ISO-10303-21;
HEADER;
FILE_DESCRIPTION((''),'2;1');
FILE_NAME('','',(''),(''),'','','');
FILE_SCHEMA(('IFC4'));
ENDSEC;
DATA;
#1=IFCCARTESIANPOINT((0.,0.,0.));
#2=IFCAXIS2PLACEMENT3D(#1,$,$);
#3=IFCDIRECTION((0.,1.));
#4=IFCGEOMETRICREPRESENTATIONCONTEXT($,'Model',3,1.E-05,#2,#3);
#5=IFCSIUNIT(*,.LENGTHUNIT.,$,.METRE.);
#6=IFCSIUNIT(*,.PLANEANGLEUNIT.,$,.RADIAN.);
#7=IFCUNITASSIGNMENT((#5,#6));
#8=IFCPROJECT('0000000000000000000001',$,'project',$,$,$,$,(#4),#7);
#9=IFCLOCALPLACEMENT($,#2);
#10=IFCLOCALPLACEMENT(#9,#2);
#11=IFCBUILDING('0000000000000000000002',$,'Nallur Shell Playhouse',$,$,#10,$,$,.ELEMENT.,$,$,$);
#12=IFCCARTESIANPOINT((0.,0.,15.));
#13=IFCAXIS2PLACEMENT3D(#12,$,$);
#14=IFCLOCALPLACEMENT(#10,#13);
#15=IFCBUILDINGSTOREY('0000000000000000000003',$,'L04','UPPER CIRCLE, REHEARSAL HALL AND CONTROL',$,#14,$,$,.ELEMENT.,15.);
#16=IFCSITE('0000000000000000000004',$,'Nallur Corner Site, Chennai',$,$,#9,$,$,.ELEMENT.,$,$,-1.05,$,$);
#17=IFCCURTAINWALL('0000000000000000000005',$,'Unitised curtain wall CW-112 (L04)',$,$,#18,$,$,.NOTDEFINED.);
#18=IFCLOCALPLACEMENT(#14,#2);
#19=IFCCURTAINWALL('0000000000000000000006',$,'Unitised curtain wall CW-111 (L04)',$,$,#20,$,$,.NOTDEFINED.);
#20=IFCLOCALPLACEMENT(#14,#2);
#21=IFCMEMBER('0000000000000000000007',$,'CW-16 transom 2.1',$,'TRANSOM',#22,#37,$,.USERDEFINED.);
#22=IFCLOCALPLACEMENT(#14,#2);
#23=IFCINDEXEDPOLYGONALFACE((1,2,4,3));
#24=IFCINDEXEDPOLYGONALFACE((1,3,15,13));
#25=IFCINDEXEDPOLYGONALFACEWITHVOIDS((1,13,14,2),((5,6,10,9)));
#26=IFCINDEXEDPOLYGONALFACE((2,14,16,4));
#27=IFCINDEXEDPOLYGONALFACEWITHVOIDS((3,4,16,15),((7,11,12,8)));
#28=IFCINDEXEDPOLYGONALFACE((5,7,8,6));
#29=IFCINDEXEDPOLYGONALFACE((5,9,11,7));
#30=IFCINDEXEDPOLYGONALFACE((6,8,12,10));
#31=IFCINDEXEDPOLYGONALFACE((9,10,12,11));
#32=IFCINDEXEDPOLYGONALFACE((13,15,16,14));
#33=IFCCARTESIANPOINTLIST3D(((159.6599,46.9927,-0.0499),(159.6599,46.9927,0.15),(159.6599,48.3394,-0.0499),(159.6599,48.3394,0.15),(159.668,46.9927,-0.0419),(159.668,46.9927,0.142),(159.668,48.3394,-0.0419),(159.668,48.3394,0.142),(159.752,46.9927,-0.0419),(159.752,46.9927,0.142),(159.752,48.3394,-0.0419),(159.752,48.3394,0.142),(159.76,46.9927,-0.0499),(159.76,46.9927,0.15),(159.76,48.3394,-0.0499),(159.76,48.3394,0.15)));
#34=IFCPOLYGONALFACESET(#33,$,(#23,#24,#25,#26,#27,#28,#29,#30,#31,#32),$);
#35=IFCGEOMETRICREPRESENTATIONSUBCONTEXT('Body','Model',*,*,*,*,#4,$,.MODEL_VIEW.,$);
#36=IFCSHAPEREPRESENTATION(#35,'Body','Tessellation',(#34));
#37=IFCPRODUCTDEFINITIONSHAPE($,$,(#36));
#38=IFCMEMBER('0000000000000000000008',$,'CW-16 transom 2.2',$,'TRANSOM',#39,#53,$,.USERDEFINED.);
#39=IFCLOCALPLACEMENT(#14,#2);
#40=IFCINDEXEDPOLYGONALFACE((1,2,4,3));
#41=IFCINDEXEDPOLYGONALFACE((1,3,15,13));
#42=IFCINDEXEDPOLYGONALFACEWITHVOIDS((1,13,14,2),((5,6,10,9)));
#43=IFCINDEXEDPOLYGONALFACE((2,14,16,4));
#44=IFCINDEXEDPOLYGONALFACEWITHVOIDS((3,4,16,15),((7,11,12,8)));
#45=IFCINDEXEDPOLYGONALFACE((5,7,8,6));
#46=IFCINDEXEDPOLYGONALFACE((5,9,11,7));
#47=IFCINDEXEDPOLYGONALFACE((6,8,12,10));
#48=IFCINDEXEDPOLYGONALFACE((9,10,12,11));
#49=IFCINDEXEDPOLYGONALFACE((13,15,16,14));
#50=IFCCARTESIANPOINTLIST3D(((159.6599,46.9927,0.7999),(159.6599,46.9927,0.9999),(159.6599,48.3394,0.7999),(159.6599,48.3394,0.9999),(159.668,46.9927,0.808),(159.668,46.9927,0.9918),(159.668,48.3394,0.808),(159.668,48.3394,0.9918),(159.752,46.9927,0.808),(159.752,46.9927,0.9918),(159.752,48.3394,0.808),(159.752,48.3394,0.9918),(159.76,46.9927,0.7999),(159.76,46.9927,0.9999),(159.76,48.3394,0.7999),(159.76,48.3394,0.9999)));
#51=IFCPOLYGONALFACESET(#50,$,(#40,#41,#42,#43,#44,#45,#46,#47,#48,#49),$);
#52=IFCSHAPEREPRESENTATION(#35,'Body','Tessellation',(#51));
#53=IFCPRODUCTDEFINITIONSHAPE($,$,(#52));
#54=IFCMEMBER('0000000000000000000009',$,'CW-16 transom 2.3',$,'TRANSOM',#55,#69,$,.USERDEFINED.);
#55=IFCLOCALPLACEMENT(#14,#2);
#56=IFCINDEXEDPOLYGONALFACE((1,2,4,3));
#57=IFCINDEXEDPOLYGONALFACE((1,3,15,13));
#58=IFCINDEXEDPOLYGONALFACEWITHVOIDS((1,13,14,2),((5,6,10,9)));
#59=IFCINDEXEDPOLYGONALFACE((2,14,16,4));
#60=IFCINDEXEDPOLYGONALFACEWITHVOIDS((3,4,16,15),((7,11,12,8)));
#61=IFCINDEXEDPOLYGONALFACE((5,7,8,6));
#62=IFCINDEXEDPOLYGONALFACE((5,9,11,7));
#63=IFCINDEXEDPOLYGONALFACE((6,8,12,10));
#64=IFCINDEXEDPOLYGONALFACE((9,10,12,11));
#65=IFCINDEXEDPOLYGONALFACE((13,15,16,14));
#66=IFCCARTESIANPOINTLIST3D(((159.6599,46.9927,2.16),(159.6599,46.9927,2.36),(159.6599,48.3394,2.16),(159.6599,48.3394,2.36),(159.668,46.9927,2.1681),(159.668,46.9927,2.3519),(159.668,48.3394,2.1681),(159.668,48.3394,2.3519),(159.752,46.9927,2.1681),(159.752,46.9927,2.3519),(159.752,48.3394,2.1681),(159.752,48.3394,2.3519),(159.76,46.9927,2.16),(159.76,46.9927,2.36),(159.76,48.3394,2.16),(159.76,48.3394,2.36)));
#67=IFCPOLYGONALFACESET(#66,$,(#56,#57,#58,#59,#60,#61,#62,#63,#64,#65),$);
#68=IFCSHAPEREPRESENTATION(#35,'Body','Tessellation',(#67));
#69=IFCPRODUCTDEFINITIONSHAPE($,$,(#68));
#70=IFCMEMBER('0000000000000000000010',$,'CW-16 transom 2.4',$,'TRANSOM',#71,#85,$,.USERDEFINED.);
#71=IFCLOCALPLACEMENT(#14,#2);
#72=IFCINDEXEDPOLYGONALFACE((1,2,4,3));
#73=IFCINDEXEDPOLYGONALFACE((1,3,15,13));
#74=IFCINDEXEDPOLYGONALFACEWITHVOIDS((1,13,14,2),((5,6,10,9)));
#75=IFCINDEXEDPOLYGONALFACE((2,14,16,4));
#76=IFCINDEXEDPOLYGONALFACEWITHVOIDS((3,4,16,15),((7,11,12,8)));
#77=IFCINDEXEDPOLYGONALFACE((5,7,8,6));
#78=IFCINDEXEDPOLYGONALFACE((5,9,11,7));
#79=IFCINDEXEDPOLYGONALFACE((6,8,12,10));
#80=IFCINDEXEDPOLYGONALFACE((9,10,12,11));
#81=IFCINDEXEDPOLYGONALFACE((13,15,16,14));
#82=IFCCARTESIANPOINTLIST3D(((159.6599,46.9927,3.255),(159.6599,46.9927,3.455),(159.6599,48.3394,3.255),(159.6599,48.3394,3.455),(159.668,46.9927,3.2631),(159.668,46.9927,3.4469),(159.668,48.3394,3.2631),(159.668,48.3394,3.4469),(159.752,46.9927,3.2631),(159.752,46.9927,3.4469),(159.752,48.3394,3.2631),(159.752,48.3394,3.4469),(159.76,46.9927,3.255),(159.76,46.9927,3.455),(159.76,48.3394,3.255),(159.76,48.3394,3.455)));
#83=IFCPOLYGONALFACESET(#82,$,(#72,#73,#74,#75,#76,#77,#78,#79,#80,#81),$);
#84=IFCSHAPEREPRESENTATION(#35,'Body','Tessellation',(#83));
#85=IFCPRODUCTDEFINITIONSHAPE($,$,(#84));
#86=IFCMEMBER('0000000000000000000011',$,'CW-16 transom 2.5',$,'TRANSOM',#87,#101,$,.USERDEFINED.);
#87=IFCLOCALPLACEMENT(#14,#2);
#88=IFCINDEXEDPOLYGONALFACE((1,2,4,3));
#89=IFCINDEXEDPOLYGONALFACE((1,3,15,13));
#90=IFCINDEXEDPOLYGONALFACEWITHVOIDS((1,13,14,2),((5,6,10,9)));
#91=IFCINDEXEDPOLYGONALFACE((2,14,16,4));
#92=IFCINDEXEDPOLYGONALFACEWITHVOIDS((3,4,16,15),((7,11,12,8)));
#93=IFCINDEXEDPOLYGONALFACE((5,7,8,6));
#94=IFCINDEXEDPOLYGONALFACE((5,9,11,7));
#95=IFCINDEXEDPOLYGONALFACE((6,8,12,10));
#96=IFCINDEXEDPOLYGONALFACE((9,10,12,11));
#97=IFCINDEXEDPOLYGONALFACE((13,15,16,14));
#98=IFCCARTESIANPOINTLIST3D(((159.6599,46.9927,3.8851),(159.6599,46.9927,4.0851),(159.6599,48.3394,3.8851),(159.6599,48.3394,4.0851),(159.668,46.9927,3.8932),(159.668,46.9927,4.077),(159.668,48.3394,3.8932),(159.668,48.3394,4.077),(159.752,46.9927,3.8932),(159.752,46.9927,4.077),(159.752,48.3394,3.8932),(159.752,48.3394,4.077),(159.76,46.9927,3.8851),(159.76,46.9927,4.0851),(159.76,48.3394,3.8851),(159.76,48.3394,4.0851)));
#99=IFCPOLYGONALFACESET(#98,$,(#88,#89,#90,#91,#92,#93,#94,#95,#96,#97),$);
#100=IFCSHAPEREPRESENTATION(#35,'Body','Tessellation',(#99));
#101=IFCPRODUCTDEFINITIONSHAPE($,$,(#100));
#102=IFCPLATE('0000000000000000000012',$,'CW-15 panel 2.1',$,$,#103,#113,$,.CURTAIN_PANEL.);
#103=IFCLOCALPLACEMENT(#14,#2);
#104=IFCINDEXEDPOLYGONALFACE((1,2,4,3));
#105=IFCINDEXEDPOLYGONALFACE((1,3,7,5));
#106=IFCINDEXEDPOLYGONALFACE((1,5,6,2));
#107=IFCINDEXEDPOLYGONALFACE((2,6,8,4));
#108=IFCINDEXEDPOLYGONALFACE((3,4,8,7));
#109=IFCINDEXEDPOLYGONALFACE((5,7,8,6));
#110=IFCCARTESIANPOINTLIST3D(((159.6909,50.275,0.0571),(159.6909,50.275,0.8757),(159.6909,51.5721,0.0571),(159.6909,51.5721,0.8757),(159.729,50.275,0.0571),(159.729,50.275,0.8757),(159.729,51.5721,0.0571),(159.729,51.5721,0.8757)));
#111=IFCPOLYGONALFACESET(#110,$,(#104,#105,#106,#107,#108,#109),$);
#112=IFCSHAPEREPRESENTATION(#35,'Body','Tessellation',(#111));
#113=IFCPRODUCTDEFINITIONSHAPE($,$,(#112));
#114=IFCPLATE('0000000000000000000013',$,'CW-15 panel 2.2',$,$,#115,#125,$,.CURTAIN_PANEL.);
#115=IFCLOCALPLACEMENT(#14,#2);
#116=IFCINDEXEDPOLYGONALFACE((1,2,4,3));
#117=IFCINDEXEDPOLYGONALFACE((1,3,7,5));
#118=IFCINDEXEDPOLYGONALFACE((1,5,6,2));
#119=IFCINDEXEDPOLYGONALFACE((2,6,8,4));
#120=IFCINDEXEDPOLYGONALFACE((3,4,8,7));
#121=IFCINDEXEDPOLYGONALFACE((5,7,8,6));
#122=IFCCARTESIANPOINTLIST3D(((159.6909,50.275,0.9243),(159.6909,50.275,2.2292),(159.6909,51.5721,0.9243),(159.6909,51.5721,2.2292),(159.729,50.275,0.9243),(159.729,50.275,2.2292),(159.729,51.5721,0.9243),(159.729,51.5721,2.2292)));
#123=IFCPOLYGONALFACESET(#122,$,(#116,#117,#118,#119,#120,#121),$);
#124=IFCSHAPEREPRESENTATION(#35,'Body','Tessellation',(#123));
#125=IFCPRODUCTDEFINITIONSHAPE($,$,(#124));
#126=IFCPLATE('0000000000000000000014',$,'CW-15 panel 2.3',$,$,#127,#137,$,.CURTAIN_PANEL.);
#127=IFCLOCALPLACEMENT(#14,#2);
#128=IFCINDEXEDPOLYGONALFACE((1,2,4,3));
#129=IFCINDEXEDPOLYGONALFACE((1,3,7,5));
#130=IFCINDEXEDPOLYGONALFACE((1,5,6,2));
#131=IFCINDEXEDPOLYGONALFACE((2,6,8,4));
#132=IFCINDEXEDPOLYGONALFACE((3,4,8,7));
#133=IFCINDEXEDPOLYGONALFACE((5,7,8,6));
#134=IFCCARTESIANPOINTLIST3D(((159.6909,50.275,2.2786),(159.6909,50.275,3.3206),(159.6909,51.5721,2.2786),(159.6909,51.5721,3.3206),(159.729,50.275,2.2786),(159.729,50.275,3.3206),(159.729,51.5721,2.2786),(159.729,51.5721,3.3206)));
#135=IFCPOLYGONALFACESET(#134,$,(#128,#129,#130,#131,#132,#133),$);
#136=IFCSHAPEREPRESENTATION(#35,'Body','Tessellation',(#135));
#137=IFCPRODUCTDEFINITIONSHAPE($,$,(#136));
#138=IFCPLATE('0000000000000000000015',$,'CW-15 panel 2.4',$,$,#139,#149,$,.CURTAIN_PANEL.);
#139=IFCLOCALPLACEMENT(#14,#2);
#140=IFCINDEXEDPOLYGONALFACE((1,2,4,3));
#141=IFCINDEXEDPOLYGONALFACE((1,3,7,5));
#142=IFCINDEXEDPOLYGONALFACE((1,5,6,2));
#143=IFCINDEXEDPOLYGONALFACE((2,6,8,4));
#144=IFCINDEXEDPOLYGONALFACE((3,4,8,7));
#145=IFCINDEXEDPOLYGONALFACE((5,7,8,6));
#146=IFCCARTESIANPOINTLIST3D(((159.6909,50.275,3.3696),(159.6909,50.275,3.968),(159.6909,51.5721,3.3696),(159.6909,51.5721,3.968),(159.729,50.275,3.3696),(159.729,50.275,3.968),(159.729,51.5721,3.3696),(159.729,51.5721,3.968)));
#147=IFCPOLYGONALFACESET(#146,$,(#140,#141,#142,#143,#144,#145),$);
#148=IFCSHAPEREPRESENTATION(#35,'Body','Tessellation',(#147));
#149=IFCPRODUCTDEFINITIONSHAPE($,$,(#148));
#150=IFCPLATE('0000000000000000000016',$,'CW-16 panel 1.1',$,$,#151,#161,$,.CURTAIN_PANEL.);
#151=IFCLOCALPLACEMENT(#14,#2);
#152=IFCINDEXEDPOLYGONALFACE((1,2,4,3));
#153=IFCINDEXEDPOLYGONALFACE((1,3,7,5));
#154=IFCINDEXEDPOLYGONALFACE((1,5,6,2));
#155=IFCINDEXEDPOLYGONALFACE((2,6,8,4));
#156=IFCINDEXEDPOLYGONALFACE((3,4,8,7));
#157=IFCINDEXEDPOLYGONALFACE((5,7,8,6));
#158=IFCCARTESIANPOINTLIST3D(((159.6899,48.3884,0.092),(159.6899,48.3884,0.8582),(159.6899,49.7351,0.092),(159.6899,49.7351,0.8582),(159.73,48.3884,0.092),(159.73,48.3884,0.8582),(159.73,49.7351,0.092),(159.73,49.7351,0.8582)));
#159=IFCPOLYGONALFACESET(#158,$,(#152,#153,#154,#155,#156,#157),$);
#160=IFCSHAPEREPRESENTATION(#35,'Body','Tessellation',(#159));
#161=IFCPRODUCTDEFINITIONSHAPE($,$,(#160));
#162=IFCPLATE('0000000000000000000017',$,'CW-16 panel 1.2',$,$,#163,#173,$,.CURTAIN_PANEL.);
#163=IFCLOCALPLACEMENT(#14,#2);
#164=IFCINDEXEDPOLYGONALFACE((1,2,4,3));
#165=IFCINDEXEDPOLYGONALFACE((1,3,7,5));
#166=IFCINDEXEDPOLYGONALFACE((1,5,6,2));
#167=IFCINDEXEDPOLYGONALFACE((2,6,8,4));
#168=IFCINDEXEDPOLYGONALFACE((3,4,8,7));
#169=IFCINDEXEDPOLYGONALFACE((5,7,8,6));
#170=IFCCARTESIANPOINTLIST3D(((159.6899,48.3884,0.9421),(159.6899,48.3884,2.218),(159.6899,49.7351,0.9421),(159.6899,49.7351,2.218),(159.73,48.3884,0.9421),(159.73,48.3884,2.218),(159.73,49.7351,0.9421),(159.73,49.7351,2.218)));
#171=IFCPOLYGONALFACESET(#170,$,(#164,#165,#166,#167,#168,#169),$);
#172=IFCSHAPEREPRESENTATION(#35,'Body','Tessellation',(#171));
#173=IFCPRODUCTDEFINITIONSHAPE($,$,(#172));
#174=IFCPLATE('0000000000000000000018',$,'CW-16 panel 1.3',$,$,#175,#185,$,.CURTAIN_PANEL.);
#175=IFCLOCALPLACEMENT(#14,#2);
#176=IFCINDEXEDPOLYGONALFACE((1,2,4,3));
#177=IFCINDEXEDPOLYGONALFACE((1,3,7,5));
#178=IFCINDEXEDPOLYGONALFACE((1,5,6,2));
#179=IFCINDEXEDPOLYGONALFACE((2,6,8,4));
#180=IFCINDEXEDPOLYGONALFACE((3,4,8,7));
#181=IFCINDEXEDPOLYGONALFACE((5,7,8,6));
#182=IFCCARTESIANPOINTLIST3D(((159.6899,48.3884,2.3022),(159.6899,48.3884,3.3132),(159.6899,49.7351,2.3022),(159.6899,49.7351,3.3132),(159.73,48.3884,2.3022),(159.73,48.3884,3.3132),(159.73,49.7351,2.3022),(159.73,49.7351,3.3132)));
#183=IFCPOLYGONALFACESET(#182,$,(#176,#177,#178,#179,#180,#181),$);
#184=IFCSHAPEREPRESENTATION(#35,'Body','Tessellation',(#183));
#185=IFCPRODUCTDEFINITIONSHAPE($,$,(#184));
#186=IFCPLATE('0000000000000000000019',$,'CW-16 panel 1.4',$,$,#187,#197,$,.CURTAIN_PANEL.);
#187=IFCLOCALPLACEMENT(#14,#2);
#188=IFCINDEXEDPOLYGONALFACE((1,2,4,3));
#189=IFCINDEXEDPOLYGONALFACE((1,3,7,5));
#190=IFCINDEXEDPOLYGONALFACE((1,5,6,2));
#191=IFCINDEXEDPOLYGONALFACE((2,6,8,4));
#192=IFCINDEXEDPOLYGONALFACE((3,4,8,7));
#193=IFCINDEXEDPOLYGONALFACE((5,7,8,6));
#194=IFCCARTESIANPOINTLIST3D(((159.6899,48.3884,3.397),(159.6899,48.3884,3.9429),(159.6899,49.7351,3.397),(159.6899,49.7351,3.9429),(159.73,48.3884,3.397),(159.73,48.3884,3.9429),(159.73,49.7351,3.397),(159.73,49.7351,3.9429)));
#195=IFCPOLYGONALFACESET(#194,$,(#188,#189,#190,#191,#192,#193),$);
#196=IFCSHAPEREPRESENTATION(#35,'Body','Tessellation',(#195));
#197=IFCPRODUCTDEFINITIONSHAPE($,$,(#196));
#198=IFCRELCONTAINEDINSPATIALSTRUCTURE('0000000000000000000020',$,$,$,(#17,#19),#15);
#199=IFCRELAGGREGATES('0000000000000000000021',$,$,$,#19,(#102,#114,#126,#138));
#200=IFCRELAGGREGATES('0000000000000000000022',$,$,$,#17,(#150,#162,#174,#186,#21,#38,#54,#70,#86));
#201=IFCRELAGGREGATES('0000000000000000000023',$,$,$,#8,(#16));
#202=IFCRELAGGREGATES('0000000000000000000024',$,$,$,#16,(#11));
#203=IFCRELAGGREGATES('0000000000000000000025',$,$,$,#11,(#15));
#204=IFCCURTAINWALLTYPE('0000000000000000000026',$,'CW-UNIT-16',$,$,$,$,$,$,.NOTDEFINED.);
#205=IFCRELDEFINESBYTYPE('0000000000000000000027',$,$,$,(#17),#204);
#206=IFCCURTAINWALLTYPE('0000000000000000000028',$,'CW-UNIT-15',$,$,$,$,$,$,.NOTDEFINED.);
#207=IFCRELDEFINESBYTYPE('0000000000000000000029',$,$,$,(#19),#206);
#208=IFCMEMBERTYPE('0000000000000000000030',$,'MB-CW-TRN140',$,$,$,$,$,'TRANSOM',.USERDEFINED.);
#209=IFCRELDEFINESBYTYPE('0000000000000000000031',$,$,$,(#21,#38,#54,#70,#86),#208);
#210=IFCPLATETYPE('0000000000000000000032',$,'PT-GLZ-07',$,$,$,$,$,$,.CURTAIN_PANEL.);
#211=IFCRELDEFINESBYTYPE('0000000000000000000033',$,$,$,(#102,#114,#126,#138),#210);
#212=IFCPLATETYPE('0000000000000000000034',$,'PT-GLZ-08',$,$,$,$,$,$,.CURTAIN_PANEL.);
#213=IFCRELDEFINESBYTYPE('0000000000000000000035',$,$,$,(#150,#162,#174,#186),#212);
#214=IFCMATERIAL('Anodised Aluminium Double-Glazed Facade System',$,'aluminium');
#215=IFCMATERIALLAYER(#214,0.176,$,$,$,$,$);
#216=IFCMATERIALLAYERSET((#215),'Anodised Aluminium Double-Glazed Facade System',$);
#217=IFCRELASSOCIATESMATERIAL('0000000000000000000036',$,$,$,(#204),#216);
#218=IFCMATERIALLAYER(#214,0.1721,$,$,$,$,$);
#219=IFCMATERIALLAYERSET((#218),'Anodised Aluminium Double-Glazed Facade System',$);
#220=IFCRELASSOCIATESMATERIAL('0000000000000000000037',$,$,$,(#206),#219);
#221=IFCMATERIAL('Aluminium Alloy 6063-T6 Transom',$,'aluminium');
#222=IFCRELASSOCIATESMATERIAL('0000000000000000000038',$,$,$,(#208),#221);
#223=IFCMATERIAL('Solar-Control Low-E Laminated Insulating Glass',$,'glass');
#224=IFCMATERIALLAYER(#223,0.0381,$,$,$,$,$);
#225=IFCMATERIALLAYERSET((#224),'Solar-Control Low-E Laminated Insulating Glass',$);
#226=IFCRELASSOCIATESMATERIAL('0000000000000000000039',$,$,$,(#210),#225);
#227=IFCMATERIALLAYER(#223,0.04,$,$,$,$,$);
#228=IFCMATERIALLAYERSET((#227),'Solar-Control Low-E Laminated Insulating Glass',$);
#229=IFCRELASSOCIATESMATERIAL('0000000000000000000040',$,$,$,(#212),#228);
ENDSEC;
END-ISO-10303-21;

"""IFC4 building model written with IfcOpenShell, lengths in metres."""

from ifc_helpers import new_model, si_unit, direction, frame, origin, origin_2d, place, context, subcontext, project, spatial, rectangle, hollow_rectangle, extrude, material, layer, layer_set, material_profile, profile_set, type_object, element, aggregate, save


model = new_model("IFC4")

# Units and contexts
model_context = context("Model", 3, precision=1e-05, world=origin(), true_north=direction((0.0, 1.0)))
body_context = subcontext(model_context, "Body", "Model", "MODEL_VIEW")
ifc_project = project(units=[si_unit("LENGTHUNIT", "METRE"), si_unit("PLANEANGLEUNIT", "RADIAN")], contexts=[model_context])

# Site, building, storey
site_placement = place(None, origin())
site = spatial("IfcSite", under=ifc_project, at=site_placement, Name="Nallur Corner Site, Chennai", CompositionType="ELEMENT", RefElevation=-1.05)
building_placement = place(site_placement, origin())
building = spatial("IfcBuilding", under=site, at=building_placement, Name="Nallur Shell Playhouse", CompositionType="ELEMENT")
storey_placement = place(building_placement, frame((0.0, 0.0, 15.0)))
storey = spatial("IfcBuildingStorey", under=building, at=storey_placement, Name="L04", Description="UPPER CIRCLE, REHEARSAL HALL AND CONTROL", CompositionType="ELEMENT", Elevation=15.0)

# Shared definitions
ifc_material_1 = material(Name="Anodised Aluminium Double-Glazed Facade System", Category="aluminium")

# Curtain walls
ifc_layer_1 = layer(ifc_material_1, 0.176)
ifc_layer_set_1 = layer_set([ifc_layer_1], Name="Anodised Aluminium Double-Glazed Facade System")
curtain_wall_type_1 = type_object("IfcCurtainWallType", Name="CW-UNIT-16", PredefinedType="NOTDEFINED", material=ifc_layer_set_1)
curtain_wall_1_placement = place(storey_placement, origin())
curtain_wall_1 = element("IfcCurtainWall", 1, at=curtain_wall_1_placement, inside=storey, type_object=curtain_wall_type_1, Name="Unitised curtain wall CW-112 (L04)", PredefinedType="NOTDEFINED")
ifc_layer_2 = layer(ifc_material_1, 0.1721)
ifc_layer_set_2 = layer_set([ifc_layer_2], Name="Anodised Aluminium Double-Glazed Facade System")
curtain_wall_type_2 = type_object("IfcCurtainWallType", Name="CW-UNIT-15", PredefinedType="NOTDEFINED", material=ifc_layer_set_2)
curtain_wall_2_placement = place(storey_placement, origin())
curtain_wall_2 = element("IfcCurtainWall", 2, at=curtain_wall_2_placement, inside=storey, type_object=curtain_wall_type_2, Name="Unitised curtain wall CW-111 (L04)", PredefinedType="NOTDEFINED")
ifc_material_2 = material(Name="Aluminium Alloy 6063-T6 Transom", Category="aluminium")

# Members
ifc_material_profile_1 = material_profile(ifc_material_2, hollow_rectangle(XDim=0.1001, YDim=0.2, WallThickness=0.0081, at=origin_2d()), Name="RHS 200x100x8")
ifc_profile_set_1 = profile_set([ifc_material_profile_1], Name="Aluminium Alloy 6063-T6 Transom")
member_type_1 = type_object("IfcMemberType", Name="MB-CW-TRN140", ElementType="TRANSOM", PredefinedType="USERDEFINED", material=ifc_profile_set_1)
member_1_placement = place(storey_placement, frame((159.71, 48.3394, 0.05), z_axis=(0.0, -1.0, 0.0), x_axis=(1.0, 0.0, 0.0)))
member_1 = element("IfcMember", 3, at=member_1_placement, type_object=member_type_1, Name="CW-16 transom 2.1", ObjectType="TRANSOM", PredefinedType="USERDEFINED", context=body_context, shape_type="SweptSolid", body=[
    extrude(hollow_rectangle(XDim=0.1001, YDim=0.2, WallThickness=0.0081, at=origin_2d()), origin(), (0.0, 0.0, 1.0), 1.3467),
])
member_2_placement = place(storey_placement, frame((159.71, 48.3394, 0.8999), z_axis=(0.0, -1.0, 0.0), x_axis=(1.0, 0.0, 0.0)))
member_2 = element("IfcMember", 4, at=member_2_placement, type_object=member_type_1, Name="CW-16 transom 2.2", ObjectType="TRANSOM", PredefinedType="USERDEFINED", context=body_context, shape_type="SweptSolid", body=[
    extrude(hollow_rectangle(XDim=0.1001, YDim=0.2, WallThickness=0.0081, at=origin_2d()), origin(), (0.0, 0.0, 1.0), 1.3467),
])
member_3_placement = place(storey_placement, frame((159.71, 48.3394, 2.26), z_axis=(0.0, -1.0, 0.0), x_axis=(1.0, 0.0, 0.0)))
member_3 = element("IfcMember", 5, at=member_3_placement, type_object=member_type_1, Name="CW-16 transom 2.3", ObjectType="TRANSOM", PredefinedType="USERDEFINED", context=body_context, shape_type="SweptSolid", body=[
    extrude(hollow_rectangle(XDim=0.1001, YDim=0.2, WallThickness=0.0081, at=origin_2d()), origin(), (0.0, 0.0, 1.0), 1.3467),
])
member_4_placement = place(storey_placement, frame((159.71, 48.3394, 3.355), z_axis=(0.0, -1.0, 0.0), x_axis=(1.0, 0.0, 0.0)))
member_4 = element("IfcMember", 6, at=member_4_placement, type_object=member_type_1, Name="CW-16 transom 2.4", ObjectType="TRANSOM", PredefinedType="USERDEFINED", context=body_context, shape_type="SweptSolid", body=[
    extrude(hollow_rectangle(XDim=0.1001, YDim=0.2, WallThickness=0.0081, at=origin_2d()), origin(), (0.0, 0.0, 1.0), 1.3467),
])
member_5_placement = place(storey_placement, frame((159.71, 48.3394, 3.9851), z_axis=(0.0, -1.0, 0.0), x_axis=(1.0, 0.0, 0.0)))
member_5 = element("IfcMember", 7, at=member_5_placement, type_object=member_type_1, Name="CW-16 transom 2.5", ObjectType="TRANSOM", PredefinedType="USERDEFINED", context=body_context, shape_type="SweptSolid", body=[
    extrude(hollow_rectangle(XDim=0.1001, YDim=0.2, WallThickness=0.0081, at=origin_2d()), origin(), (0.0, 0.0, 1.0), 1.3467),
])

# Plates
ifc_material_3 = material(Name="Solar-Control Low-E Laminated Insulating Glass", Category="glass")
ifc_layer_3 = layer(ifc_material_3, 0.0381)
ifc_layer_set_3 = layer_set([ifc_layer_3], Name="Solar-Control Low-E Laminated Insulating Glass")
plate_type_1 = type_object("IfcPlateType", Name="PT-GLZ-07", PredefinedType="CURTAIN_PANEL", material=ifc_layer_set_3)
plate_1_placement = place(storey_placement, frame((159.71, 50.9236, 0.0571), z_axis=(0.0, 0.0, 1.0), x_axis=(0.0, -1.0, 0.0)))
plate_1 = element("IfcPlate", 8, at=plate_1_placement, type_object=plate_type_1, Name="CW-15 panel 2.1", PredefinedType="CURTAIN_PANEL", context=body_context, shape_type="SweptSolid", body=[
    extrude(rectangle(XDim=1.2971, YDim=0.0381, at=origin_2d()), origin(), (0.0, 0.0, 1.0), 0.8186),
])
plate_2_placement = place(storey_placement, frame((159.71, 50.9236, 0.9243), z_axis=(0.0, 0.0, 1.0), x_axis=(0.0, -1.0, 0.0)))
plate_2 = element("IfcPlate", 9, at=plate_2_placement, type_object=plate_type_1, Name="CW-15 panel 2.2", PredefinedType="CURTAIN_PANEL", context=body_context, shape_type="SweptSolid", body=[
    extrude(rectangle(XDim=1.2971, YDim=0.0381, at=origin_2d()), origin(), (0.0, 0.0, 1.0), 1.3049),
])
plate_3_placement = place(storey_placement, frame((159.71, 50.9236, 2.2786), z_axis=(0.0, 0.0, 1.0), x_axis=(0.0, -1.0, 0.0)))
plate_3 = element("IfcPlate", 10, at=plate_3_placement, type_object=plate_type_1, Name="CW-15 panel 2.3", PredefinedType="CURTAIN_PANEL", context=body_context, shape_type="SweptSolid", body=[
    extrude(rectangle(XDim=1.2971, YDim=0.0381, at=origin_2d()), origin(), (0.0, 0.0, 1.0), 1.042),
])
plate_4_placement = place(storey_placement, frame((159.71, 50.9236, 3.3696), z_axis=(0.0, 0.0, 1.0), x_axis=(0.0, -1.0, 0.0)))
plate_4 = element("IfcPlate", 11, at=plate_4_placement, type_object=plate_type_1, Name="CW-15 panel 2.4", PredefinedType="CURTAIN_PANEL", context=body_context, shape_type="SweptSolid", body=[
    extrude(rectangle(XDim=1.2971, YDim=0.0381, at=origin_2d()), origin(), (0.0, 0.0, 1.0), 0.5984),
])
aggregate(curtain_wall_2, [plate_1, plate_2, plate_3, plate_4])
ifc_layer_4 = layer(ifc_material_3, 0.04)
ifc_layer_set_4 = layer_set([ifc_layer_4], Name="Solar-Control Low-E Laminated Insulating Glass")
plate_type_2 = type_object("IfcPlateType", Name="PT-GLZ-08", PredefinedType="CURTAIN_PANEL", material=ifc_layer_set_4)
plate_5_placement = place(storey_placement, frame((159.71, 49.0618, 0.092), z_axis=(0.0, 0.0, 1.0), x_axis=(0.0, -1.0, 0.0)))
plate_5 = element("IfcPlate", 12, at=plate_5_placement, type_object=plate_type_2, Name="CW-16 panel 1.1", PredefinedType="CURTAIN_PANEL", context=body_context, shape_type="SweptSolid", body=[
    extrude(rectangle(XDim=1.3467, YDim=0.04, at=origin_2d()), origin(), (0.0, 0.0, 1.0), 0.7661),
])
plate_6_placement = place(storey_placement, frame((159.71, 49.0618, 0.9421), z_axis=(0.0, 0.0, 1.0), x_axis=(0.0, -1.0, 0.0)))
plate_6 = element("IfcPlate", 13, at=plate_6_placement, type_object=plate_type_2, Name="CW-16 panel 1.2", PredefinedType="CURTAIN_PANEL", context=body_context, shape_type="SweptSolid", body=[
    extrude(rectangle(XDim=1.3467, YDim=0.04, at=origin_2d()), origin(), (0.0, 0.0, 1.0), 1.2759),
])
plate_7_placement = place(storey_placement, frame((159.71, 49.0618, 2.3022), z_axis=(0.0, 0.0, 1.0), x_axis=(0.0, -1.0, 0.0)))
plate_7 = element("IfcPlate", 14, at=plate_7_placement, type_object=plate_type_2, Name="CW-16 panel 1.3", PredefinedType="CURTAIN_PANEL", context=body_context, shape_type="SweptSolid", body=[
    extrude(rectangle(XDim=1.3467, YDim=0.04, at=origin_2d()), origin(), (0.0, 0.0, 1.0), 1.011),
])
plate_8_placement = place(storey_placement, frame((159.71, 49.0618, 3.397), z_axis=(0.0, 0.0, 1.0), x_axis=(0.0, -1.0, 0.0)))
plate_8 = element("IfcPlate", 15, at=plate_8_placement, type_object=plate_type_2, Name="CW-16 panel 1.4", PredefinedType="CURTAIN_PANEL", context=body_context, shape_type="SweptSolid", body=[
    extrude(rectangle(XDim=1.3467, YDim=0.04, at=origin_2d()), origin(), (0.0, 0.0, 1.0), 0.5459),
])
aggregate(curtain_wall_1, [plate_5, plate_6, plate_7, plate_8, member_1, member_2, member_3, member_4, member_5])

save(model, "model.ifc")
